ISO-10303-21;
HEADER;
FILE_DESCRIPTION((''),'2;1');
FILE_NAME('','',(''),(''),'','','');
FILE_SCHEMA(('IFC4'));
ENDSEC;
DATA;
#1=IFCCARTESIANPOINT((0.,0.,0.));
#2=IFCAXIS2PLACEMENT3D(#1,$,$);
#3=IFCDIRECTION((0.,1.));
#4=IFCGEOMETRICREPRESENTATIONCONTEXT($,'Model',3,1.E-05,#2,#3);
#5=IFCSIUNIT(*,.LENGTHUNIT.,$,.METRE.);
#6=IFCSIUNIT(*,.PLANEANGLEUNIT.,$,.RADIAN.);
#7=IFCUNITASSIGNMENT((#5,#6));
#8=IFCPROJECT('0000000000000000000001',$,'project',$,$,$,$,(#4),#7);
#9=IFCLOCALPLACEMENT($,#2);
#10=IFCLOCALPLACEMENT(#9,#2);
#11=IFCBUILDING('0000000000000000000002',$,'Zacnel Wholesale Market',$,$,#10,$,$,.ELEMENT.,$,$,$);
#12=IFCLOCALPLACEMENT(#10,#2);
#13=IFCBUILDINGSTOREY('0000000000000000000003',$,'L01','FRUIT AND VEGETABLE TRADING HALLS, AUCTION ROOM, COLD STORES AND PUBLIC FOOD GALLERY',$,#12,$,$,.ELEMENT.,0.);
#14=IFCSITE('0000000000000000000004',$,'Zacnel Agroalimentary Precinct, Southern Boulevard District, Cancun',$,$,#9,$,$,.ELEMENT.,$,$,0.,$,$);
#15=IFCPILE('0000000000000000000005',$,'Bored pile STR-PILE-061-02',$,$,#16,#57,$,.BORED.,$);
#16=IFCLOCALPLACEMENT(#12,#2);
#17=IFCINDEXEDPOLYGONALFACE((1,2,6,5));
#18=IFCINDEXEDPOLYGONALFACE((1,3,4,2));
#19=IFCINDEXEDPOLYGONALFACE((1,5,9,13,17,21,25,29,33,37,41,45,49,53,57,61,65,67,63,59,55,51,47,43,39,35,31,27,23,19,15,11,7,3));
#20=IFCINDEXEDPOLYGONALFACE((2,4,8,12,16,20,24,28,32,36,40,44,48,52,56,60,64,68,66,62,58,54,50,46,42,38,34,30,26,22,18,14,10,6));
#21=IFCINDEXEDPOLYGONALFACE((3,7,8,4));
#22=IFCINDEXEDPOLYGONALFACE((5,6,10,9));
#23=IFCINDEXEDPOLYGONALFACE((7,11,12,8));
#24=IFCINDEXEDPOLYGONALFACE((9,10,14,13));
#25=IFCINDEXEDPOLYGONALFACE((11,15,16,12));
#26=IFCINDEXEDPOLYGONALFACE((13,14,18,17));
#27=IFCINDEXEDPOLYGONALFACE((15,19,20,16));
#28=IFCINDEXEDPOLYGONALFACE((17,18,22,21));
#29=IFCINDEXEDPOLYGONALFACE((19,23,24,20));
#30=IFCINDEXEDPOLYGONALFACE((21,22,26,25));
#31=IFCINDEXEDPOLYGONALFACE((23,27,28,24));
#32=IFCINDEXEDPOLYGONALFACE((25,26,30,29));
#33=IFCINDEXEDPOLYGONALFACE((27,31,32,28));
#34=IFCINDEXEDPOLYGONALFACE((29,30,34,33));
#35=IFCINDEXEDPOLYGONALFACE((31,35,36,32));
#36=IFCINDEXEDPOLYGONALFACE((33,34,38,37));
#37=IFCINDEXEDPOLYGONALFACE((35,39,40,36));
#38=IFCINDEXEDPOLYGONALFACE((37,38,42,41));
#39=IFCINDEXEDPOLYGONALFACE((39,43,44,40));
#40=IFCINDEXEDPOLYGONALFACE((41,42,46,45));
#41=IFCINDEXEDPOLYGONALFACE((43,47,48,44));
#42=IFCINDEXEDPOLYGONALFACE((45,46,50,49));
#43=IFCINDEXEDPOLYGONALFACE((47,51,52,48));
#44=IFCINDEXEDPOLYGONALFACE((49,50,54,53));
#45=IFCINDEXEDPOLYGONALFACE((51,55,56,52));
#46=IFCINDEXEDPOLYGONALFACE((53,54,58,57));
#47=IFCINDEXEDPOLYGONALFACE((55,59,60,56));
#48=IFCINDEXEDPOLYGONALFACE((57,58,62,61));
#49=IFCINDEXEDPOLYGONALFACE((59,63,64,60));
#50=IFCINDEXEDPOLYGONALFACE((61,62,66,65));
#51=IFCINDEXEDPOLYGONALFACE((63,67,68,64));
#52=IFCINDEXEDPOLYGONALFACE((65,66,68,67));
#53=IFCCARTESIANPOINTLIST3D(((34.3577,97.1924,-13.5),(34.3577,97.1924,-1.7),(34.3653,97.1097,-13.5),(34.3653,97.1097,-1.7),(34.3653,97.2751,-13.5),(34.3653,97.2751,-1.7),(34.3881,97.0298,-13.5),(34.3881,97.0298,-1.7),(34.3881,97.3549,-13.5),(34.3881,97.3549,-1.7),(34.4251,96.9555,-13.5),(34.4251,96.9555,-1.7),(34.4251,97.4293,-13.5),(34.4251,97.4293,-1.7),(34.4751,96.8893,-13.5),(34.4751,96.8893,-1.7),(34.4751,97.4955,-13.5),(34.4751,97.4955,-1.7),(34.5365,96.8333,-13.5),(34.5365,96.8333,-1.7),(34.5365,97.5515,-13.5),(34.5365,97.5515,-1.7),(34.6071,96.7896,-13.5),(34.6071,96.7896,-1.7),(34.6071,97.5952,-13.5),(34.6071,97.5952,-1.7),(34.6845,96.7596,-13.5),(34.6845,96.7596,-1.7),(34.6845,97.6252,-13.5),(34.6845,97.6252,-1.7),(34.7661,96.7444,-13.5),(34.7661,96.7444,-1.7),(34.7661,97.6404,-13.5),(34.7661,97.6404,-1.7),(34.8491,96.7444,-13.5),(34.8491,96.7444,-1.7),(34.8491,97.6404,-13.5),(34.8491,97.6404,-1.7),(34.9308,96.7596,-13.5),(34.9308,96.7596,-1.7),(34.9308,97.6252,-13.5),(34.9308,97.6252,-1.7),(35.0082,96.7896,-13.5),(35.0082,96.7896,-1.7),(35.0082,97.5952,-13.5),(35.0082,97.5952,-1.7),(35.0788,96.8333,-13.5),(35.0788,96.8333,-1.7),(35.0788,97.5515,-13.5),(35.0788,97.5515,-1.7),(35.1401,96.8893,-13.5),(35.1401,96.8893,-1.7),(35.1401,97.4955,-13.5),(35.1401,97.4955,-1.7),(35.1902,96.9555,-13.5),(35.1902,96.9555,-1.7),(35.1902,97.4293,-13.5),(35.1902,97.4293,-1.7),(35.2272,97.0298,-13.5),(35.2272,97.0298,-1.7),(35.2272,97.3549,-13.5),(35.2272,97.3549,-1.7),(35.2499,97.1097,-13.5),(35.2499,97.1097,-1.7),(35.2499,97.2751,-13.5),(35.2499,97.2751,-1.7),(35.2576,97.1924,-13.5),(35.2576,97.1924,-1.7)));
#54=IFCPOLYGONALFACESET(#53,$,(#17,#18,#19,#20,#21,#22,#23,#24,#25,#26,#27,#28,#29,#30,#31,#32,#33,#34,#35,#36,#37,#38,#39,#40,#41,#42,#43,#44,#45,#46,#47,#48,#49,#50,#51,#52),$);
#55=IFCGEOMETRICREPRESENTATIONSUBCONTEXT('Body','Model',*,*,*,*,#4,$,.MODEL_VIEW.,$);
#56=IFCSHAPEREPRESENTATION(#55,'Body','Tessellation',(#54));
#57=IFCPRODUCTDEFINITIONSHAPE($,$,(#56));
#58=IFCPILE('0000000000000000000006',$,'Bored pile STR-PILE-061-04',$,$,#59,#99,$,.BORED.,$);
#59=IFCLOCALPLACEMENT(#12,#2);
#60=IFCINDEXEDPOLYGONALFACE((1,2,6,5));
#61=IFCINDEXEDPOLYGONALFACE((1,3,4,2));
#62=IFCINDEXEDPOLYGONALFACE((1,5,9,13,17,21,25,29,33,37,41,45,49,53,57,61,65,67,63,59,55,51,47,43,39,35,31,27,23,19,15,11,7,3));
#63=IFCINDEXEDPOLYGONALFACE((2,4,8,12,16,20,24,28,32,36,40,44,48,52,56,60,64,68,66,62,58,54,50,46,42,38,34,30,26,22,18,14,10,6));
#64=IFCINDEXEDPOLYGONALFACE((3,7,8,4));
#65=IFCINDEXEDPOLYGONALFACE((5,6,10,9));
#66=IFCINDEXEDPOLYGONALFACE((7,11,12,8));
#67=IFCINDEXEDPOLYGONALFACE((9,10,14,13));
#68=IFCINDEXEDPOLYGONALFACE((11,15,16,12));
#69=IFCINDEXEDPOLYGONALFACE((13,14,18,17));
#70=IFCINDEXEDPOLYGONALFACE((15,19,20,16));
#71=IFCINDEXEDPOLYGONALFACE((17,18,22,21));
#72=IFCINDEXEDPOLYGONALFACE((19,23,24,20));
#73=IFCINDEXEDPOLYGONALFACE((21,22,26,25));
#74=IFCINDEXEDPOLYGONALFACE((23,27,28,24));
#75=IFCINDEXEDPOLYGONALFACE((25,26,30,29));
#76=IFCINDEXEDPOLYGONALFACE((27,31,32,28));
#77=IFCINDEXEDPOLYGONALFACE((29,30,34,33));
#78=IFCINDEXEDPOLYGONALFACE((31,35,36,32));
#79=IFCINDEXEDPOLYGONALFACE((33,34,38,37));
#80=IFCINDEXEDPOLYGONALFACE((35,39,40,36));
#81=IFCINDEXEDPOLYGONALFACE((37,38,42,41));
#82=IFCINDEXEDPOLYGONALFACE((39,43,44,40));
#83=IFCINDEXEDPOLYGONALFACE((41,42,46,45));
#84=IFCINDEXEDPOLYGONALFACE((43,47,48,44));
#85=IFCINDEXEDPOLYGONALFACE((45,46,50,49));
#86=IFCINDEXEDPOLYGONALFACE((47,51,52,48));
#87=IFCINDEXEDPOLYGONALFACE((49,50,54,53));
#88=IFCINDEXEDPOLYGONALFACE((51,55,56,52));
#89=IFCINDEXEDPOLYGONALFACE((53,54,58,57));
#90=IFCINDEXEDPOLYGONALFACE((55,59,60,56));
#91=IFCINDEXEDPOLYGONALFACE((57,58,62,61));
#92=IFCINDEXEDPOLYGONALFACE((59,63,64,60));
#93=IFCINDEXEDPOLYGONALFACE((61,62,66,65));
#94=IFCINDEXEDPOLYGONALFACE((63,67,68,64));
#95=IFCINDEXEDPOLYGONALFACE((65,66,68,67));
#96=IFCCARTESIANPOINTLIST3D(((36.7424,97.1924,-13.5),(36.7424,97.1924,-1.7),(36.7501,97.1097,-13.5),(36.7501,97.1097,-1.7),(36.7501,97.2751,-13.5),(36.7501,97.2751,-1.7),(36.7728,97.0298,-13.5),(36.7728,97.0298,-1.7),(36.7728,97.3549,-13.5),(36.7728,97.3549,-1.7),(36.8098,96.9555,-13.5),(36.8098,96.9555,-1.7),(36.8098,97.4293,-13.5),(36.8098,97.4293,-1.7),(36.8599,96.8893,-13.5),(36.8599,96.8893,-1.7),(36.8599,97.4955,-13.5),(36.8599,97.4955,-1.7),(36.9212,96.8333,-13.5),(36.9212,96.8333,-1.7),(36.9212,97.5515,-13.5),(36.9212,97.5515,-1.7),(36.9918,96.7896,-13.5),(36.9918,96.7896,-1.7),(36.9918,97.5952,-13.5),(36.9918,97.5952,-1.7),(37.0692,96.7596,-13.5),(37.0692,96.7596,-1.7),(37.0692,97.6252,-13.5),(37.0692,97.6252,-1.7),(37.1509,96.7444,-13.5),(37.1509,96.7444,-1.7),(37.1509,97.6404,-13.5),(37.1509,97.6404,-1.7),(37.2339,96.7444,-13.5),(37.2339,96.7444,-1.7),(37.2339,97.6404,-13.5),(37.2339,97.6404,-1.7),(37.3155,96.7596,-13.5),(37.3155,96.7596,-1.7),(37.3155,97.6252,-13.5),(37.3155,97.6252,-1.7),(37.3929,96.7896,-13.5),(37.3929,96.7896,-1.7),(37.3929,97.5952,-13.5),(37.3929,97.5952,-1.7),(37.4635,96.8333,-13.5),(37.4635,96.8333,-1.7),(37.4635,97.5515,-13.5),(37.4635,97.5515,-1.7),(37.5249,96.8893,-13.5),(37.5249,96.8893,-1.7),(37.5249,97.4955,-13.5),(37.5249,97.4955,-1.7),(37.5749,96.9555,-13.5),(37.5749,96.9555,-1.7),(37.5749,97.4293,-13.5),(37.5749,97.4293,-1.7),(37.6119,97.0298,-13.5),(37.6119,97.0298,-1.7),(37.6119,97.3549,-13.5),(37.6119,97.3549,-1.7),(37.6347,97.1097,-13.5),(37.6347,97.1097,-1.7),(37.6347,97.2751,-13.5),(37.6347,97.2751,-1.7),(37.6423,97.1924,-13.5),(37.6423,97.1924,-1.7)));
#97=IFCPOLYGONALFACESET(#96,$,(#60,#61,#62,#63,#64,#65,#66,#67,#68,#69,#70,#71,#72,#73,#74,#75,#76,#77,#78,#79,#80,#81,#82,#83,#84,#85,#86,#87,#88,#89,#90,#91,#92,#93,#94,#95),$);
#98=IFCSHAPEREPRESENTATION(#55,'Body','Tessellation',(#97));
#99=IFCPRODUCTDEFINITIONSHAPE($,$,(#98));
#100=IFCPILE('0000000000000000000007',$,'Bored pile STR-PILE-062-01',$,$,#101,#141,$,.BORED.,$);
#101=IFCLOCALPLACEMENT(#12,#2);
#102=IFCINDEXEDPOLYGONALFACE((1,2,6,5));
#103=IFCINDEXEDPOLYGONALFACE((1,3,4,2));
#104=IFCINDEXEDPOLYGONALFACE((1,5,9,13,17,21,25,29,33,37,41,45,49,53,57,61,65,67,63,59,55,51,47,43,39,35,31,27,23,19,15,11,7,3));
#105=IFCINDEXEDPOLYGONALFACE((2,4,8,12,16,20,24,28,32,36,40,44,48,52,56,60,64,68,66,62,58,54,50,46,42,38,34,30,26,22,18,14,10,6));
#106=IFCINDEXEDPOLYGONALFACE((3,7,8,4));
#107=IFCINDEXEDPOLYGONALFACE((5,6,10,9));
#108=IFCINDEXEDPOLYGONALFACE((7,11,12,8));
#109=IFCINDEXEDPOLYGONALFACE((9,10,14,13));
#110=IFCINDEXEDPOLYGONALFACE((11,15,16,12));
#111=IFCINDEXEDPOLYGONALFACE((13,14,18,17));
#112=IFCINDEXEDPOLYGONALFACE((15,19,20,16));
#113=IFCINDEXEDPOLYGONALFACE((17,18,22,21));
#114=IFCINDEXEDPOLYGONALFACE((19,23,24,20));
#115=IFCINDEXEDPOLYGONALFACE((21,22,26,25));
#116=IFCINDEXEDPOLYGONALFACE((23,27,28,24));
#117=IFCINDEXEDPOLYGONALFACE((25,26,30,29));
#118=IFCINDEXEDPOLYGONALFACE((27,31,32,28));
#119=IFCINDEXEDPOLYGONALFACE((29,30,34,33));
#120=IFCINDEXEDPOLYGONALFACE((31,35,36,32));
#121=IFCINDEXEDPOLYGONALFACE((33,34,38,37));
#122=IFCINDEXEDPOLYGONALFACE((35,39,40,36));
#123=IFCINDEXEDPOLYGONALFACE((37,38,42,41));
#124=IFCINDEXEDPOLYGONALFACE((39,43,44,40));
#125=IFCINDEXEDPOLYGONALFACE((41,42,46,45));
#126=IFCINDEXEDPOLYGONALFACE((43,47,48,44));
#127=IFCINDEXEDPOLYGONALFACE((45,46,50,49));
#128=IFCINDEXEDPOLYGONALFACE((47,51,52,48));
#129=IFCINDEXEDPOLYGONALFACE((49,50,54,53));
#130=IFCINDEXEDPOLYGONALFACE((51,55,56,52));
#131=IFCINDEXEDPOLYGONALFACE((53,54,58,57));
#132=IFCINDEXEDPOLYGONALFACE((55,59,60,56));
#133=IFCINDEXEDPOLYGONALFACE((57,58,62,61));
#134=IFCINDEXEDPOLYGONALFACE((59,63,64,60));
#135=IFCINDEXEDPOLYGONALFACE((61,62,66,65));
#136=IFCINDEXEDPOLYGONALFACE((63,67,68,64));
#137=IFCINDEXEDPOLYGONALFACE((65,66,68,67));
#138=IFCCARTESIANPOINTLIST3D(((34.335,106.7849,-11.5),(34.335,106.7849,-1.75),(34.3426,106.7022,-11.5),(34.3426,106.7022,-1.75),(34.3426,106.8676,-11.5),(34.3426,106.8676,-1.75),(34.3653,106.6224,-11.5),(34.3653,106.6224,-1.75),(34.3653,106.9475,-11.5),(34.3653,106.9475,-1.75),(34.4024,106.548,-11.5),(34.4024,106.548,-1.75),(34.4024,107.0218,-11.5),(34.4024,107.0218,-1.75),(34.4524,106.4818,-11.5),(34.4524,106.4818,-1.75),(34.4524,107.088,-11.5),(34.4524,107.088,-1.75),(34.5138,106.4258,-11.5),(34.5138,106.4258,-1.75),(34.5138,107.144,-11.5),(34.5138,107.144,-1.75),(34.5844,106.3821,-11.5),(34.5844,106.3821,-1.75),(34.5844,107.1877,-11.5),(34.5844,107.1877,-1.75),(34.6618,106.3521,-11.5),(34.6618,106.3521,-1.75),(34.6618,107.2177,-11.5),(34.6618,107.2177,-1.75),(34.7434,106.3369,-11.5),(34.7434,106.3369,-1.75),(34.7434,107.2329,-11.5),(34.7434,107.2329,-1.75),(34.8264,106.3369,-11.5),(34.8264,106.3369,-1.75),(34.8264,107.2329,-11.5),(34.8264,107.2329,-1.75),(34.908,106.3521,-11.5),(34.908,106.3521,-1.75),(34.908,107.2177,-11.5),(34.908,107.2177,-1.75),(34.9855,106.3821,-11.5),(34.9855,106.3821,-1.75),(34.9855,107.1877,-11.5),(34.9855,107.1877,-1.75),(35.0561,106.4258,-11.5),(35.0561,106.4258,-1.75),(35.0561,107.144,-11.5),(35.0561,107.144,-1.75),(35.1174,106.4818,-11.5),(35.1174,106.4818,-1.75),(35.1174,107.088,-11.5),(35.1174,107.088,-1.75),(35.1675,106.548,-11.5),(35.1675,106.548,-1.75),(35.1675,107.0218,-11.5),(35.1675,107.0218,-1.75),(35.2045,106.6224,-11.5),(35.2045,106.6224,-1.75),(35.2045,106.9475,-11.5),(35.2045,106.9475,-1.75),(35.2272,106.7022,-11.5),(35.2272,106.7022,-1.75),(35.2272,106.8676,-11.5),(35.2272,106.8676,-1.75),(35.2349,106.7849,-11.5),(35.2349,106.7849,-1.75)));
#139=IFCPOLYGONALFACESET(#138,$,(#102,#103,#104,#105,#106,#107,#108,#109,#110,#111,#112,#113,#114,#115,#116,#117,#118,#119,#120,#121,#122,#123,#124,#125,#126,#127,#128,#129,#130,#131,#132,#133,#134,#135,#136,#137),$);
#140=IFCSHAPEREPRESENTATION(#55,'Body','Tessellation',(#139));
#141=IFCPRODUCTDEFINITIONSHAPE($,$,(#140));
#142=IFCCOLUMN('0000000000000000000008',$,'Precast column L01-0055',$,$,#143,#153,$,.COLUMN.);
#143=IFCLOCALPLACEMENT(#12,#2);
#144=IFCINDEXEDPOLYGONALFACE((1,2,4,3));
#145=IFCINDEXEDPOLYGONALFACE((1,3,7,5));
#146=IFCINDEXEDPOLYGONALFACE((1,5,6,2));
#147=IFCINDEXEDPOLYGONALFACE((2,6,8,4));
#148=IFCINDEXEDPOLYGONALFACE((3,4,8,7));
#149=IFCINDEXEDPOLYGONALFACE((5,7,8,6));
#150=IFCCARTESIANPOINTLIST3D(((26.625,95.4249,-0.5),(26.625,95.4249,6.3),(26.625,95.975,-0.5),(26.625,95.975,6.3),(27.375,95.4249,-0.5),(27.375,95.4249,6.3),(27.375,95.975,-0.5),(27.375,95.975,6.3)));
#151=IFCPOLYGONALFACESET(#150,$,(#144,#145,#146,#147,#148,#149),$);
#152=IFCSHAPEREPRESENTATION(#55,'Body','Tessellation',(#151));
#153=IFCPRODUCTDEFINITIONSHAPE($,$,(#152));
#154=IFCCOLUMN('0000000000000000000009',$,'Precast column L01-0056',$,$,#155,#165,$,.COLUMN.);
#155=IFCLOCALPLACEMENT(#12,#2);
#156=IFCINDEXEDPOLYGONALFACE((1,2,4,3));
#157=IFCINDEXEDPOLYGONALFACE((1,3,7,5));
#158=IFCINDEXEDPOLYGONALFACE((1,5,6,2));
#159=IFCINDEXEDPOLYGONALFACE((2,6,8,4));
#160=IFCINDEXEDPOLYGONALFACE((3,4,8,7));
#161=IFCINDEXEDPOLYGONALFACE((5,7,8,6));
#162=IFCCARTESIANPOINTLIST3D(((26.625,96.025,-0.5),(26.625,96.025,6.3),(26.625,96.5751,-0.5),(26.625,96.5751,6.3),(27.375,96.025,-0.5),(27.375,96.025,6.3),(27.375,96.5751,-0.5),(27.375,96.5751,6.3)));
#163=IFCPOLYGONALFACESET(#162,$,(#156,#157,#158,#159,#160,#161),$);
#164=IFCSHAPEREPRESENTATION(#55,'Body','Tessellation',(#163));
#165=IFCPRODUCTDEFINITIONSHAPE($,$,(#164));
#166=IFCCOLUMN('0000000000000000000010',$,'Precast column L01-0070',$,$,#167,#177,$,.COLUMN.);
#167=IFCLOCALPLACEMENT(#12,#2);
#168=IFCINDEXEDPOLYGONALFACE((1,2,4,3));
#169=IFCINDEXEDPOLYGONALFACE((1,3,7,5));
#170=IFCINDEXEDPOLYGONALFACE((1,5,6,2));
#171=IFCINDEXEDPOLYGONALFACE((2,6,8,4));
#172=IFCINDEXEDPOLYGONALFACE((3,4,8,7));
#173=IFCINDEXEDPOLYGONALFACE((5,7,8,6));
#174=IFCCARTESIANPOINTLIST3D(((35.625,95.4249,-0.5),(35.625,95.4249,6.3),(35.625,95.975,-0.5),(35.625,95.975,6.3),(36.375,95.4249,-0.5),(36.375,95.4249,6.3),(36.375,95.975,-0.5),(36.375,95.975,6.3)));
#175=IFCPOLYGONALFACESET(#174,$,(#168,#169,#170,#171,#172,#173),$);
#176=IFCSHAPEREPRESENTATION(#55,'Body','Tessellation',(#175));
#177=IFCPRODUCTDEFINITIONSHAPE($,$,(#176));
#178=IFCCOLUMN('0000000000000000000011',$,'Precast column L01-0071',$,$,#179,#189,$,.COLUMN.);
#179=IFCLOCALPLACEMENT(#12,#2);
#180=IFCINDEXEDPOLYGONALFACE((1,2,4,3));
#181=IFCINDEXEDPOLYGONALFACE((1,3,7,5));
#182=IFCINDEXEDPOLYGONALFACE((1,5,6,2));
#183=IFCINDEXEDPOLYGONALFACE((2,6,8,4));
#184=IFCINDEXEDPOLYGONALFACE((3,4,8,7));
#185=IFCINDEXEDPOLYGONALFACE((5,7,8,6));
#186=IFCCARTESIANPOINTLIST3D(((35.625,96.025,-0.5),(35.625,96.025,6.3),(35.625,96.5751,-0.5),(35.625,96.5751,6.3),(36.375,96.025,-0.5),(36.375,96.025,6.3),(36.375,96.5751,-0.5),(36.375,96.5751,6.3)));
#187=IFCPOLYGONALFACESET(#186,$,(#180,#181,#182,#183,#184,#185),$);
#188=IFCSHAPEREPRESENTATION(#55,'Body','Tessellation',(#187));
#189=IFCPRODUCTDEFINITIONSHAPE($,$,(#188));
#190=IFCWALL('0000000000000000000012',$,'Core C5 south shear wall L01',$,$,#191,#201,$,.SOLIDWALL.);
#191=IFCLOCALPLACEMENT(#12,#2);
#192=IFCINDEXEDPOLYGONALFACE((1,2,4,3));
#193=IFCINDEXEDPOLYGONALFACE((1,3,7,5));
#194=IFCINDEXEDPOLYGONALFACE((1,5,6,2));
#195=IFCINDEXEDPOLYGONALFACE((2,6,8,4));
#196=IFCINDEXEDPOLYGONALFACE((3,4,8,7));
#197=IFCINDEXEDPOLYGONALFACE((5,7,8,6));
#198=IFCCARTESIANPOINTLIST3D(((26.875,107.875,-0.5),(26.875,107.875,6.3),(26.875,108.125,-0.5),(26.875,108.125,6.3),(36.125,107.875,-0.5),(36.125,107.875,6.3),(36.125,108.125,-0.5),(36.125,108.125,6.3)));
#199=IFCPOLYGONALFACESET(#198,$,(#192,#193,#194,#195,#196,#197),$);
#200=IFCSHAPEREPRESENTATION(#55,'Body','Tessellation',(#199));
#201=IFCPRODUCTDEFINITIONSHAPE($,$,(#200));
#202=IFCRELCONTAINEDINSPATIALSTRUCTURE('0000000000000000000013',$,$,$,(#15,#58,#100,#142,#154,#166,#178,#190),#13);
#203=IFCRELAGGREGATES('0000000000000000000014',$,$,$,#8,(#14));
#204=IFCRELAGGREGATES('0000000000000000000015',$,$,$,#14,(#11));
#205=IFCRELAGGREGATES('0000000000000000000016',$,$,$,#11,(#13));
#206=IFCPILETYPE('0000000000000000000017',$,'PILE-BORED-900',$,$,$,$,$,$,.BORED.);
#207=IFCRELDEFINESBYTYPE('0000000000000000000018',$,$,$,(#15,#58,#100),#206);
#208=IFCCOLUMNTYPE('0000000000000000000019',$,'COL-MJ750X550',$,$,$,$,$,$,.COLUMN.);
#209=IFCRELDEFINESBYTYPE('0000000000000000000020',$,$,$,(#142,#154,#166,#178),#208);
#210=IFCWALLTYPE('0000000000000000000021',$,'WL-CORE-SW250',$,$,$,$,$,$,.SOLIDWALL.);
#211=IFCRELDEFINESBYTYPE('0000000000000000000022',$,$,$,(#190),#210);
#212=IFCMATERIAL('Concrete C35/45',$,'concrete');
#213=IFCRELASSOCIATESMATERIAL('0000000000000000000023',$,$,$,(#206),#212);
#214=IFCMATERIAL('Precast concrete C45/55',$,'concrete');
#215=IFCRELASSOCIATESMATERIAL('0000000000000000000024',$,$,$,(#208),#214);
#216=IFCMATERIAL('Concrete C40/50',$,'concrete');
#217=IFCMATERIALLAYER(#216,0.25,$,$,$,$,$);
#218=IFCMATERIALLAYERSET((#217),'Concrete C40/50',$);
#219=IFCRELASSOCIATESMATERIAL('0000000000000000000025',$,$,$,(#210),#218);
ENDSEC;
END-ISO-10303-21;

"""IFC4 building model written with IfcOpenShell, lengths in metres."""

from ifc_helpers import new_model, si_unit, direction, frame, frame_2d, origin, origin_2d, place, context, subcontext, project, spatial, rectangle, circle, extrude, material, layer, layer_set, material_profile, profile_set, type_object, element, save


model = new_model("IFC4")

# Units and contexts
model_context = context("Model", 3, precision=1e-05, world=origin(), true_north=direction((0.0, 1.0)))
body_context = subcontext(model_context, "Body", "Model", "MODEL_VIEW")
ifc_project = project(units=[si_unit("LENGTHUNIT", "METRE"), si_unit("PLANEANGLEUNIT", "RADIAN")], contexts=[model_context])

# Site, building, storey
site_placement = place(None, origin())
site = spatial("IfcSite", under=ifc_project, at=site_placement, Name="Zacnel Agroalimentary Precinct, Southern Boulevard District, Cancun", CompositionType="ELEMENT", RefElevation=0.0)
building_placement = place(site_placement, origin())
building = spatial("IfcBuilding", under=site, at=building_placement, Name="Zacnel Wholesale Market", CompositionType="ELEMENT")
storey_placement = place(building_placement, origin())
storey = spatial("IfcBuildingStorey", under=building, at=storey_placement, Name="L01", Description="FRUIT AND VEGETABLE TRADING HALLS, AUCTION ROOM, COLD STORES AND PUBLIC FOOD GALLERY", CompositionType="ELEMENT", Elevation=0.0)

# Piles
ifc_material_1 = material(Name="Concrete C35/45", Category="concrete")
ifc_material_profile_1 = material_profile(ifc_material_1, circle(Radius=0.45, at=origin_2d()), Name="BORED PILE D900")
ifc_profile_set_1 = profile_set([ifc_material_profile_1], Name="Concrete C35/45")
pile_type = type_object("IfcPileType", Name="PILE-BORED-900", PredefinedType="BORED", material=ifc_profile_set_1)
for number, where, z_axis, x_axis, name in (
    (1, (34.8076, 97.1924, -1.7), (0.0, 0.0, -1.0), (1.0, 0.0, 0.0), "Bored pile STR-PILE-061-02"),
    (2, (37.1924, 97.1924, -1.7), (0.0, 0.0, -1.0), (1.0, 0.0, 0.0), "Bored pile STR-PILE-061-04"),
):
    element("IfcPile", number, at=place(storey_placement, frame(where, z_axis=z_axis, x_axis=x_axis)), inside=storey, type_object=pile_type, Name=name, PredefinedType="BORED", context=body_context, shape_type="SweptSolid", body=[
        extrude(circle(Radius=0.45, at=origin_2d()), origin(), (0.0, 0.0, 1.0), 11.8),
    ])
pile_1_placement = place(storey_placement, frame((34.7849, 106.7849, -1.75), z_axis=(0.0, 0.0, -1.0), x_axis=(1.0, 0.0, 0.0)))
element("IfcPile", 3, at=pile_1_placement, inside=storey, type_object=pile_type, Name="Bored pile STR-PILE-062-01", PredefinedType="BORED", context=body_context, shape_type="SweptSolid", body=[
    extrude(circle(Radius=0.45, at=origin_2d()), origin(), (0.0, 0.0, 1.0), 9.75),
])

# Columns
ifc_material_2 = material(Name="Precast concrete C45/55", Category="concrete")
ifc_material_profile_2 = material_profile(ifc_material_2, rectangle(XDim=0.75, YDim=0.55, at=origin_2d()), Name="PC 750x550")
ifc_profile_set_2 = profile_set([ifc_material_profile_2], Name="Precast concrete C45/55")
column_type = type_object("IfcColumnType", Name="COL-MJ750X550", PredefinedType="COLUMN", material=ifc_profile_set_2)
for number, where, z_axis, x_axis, name in (
    (4, (27.0, 95.7, -0.5), (0.0, 0.0, 1.0), (1.0, 0.0, 0.0), "Precast column L01-0055"),
    (5, (27.0, 96.3, -0.5), (0.0, 0.0, 1.0), (1.0, 0.0, 0.0), "Precast column L01-0056"),
    (6, (36.0, 95.7, -0.5), (0.0, 0.0, 1.0), (1.0, 0.0, 0.0), "Precast column L01-0070"),
    (7, (36.0, 96.3, -0.5), (0.0, 0.0, 1.0), (1.0, 0.0, 0.0), "Precast column L01-0071"),
):
    element("IfcColumn", number, at=place(storey_placement, frame(where, z_axis=z_axis, x_axis=x_axis)), inside=storey, type_object=column_type, Name=name, PredefinedType="COLUMN", context=body_context, shape_type="SweptSolid", body=[
        extrude(rectangle(XDim=0.75, YDim=0.55, at=origin_2d()), origin(), (0.0, 0.0, 1.0), 6.8),
    ])

# Wall
ifc_material_3 = material(Name="Concrete C40/50", Category="concrete")
ifc_layer_1 = layer(ifc_material_3, 0.25)
ifc_layer_set_1 = layer_set([ifc_layer_1], Name="Concrete C40/50")
wall_type_1 = type_object("IfcWallType", Name="WL-CORE-SW250", PredefinedType="SOLIDWALL", material=ifc_layer_set_1)
wall_1_placement = place(storey_placement, frame((26.875, 108.0, -0.5), z_axis=(0.0, 0.0, 1.0), x_axis=(1.0, 0.0, 0.0)))
element("IfcWall", 8, at=wall_1_placement, inside=storey, type_object=wall_type_1, Name="Core C5 south shear wall L01", PredefinedType="SOLIDWALL", context=body_context, shape_type="SweptSolid", body=[
    extrude(rectangle(XDim=9.25, YDim=0.25, at=frame_2d((4.625, 0.0))), origin(), (0.0, 0.0, 1.0), 6.8),
])

save(model, "model.ifc")
